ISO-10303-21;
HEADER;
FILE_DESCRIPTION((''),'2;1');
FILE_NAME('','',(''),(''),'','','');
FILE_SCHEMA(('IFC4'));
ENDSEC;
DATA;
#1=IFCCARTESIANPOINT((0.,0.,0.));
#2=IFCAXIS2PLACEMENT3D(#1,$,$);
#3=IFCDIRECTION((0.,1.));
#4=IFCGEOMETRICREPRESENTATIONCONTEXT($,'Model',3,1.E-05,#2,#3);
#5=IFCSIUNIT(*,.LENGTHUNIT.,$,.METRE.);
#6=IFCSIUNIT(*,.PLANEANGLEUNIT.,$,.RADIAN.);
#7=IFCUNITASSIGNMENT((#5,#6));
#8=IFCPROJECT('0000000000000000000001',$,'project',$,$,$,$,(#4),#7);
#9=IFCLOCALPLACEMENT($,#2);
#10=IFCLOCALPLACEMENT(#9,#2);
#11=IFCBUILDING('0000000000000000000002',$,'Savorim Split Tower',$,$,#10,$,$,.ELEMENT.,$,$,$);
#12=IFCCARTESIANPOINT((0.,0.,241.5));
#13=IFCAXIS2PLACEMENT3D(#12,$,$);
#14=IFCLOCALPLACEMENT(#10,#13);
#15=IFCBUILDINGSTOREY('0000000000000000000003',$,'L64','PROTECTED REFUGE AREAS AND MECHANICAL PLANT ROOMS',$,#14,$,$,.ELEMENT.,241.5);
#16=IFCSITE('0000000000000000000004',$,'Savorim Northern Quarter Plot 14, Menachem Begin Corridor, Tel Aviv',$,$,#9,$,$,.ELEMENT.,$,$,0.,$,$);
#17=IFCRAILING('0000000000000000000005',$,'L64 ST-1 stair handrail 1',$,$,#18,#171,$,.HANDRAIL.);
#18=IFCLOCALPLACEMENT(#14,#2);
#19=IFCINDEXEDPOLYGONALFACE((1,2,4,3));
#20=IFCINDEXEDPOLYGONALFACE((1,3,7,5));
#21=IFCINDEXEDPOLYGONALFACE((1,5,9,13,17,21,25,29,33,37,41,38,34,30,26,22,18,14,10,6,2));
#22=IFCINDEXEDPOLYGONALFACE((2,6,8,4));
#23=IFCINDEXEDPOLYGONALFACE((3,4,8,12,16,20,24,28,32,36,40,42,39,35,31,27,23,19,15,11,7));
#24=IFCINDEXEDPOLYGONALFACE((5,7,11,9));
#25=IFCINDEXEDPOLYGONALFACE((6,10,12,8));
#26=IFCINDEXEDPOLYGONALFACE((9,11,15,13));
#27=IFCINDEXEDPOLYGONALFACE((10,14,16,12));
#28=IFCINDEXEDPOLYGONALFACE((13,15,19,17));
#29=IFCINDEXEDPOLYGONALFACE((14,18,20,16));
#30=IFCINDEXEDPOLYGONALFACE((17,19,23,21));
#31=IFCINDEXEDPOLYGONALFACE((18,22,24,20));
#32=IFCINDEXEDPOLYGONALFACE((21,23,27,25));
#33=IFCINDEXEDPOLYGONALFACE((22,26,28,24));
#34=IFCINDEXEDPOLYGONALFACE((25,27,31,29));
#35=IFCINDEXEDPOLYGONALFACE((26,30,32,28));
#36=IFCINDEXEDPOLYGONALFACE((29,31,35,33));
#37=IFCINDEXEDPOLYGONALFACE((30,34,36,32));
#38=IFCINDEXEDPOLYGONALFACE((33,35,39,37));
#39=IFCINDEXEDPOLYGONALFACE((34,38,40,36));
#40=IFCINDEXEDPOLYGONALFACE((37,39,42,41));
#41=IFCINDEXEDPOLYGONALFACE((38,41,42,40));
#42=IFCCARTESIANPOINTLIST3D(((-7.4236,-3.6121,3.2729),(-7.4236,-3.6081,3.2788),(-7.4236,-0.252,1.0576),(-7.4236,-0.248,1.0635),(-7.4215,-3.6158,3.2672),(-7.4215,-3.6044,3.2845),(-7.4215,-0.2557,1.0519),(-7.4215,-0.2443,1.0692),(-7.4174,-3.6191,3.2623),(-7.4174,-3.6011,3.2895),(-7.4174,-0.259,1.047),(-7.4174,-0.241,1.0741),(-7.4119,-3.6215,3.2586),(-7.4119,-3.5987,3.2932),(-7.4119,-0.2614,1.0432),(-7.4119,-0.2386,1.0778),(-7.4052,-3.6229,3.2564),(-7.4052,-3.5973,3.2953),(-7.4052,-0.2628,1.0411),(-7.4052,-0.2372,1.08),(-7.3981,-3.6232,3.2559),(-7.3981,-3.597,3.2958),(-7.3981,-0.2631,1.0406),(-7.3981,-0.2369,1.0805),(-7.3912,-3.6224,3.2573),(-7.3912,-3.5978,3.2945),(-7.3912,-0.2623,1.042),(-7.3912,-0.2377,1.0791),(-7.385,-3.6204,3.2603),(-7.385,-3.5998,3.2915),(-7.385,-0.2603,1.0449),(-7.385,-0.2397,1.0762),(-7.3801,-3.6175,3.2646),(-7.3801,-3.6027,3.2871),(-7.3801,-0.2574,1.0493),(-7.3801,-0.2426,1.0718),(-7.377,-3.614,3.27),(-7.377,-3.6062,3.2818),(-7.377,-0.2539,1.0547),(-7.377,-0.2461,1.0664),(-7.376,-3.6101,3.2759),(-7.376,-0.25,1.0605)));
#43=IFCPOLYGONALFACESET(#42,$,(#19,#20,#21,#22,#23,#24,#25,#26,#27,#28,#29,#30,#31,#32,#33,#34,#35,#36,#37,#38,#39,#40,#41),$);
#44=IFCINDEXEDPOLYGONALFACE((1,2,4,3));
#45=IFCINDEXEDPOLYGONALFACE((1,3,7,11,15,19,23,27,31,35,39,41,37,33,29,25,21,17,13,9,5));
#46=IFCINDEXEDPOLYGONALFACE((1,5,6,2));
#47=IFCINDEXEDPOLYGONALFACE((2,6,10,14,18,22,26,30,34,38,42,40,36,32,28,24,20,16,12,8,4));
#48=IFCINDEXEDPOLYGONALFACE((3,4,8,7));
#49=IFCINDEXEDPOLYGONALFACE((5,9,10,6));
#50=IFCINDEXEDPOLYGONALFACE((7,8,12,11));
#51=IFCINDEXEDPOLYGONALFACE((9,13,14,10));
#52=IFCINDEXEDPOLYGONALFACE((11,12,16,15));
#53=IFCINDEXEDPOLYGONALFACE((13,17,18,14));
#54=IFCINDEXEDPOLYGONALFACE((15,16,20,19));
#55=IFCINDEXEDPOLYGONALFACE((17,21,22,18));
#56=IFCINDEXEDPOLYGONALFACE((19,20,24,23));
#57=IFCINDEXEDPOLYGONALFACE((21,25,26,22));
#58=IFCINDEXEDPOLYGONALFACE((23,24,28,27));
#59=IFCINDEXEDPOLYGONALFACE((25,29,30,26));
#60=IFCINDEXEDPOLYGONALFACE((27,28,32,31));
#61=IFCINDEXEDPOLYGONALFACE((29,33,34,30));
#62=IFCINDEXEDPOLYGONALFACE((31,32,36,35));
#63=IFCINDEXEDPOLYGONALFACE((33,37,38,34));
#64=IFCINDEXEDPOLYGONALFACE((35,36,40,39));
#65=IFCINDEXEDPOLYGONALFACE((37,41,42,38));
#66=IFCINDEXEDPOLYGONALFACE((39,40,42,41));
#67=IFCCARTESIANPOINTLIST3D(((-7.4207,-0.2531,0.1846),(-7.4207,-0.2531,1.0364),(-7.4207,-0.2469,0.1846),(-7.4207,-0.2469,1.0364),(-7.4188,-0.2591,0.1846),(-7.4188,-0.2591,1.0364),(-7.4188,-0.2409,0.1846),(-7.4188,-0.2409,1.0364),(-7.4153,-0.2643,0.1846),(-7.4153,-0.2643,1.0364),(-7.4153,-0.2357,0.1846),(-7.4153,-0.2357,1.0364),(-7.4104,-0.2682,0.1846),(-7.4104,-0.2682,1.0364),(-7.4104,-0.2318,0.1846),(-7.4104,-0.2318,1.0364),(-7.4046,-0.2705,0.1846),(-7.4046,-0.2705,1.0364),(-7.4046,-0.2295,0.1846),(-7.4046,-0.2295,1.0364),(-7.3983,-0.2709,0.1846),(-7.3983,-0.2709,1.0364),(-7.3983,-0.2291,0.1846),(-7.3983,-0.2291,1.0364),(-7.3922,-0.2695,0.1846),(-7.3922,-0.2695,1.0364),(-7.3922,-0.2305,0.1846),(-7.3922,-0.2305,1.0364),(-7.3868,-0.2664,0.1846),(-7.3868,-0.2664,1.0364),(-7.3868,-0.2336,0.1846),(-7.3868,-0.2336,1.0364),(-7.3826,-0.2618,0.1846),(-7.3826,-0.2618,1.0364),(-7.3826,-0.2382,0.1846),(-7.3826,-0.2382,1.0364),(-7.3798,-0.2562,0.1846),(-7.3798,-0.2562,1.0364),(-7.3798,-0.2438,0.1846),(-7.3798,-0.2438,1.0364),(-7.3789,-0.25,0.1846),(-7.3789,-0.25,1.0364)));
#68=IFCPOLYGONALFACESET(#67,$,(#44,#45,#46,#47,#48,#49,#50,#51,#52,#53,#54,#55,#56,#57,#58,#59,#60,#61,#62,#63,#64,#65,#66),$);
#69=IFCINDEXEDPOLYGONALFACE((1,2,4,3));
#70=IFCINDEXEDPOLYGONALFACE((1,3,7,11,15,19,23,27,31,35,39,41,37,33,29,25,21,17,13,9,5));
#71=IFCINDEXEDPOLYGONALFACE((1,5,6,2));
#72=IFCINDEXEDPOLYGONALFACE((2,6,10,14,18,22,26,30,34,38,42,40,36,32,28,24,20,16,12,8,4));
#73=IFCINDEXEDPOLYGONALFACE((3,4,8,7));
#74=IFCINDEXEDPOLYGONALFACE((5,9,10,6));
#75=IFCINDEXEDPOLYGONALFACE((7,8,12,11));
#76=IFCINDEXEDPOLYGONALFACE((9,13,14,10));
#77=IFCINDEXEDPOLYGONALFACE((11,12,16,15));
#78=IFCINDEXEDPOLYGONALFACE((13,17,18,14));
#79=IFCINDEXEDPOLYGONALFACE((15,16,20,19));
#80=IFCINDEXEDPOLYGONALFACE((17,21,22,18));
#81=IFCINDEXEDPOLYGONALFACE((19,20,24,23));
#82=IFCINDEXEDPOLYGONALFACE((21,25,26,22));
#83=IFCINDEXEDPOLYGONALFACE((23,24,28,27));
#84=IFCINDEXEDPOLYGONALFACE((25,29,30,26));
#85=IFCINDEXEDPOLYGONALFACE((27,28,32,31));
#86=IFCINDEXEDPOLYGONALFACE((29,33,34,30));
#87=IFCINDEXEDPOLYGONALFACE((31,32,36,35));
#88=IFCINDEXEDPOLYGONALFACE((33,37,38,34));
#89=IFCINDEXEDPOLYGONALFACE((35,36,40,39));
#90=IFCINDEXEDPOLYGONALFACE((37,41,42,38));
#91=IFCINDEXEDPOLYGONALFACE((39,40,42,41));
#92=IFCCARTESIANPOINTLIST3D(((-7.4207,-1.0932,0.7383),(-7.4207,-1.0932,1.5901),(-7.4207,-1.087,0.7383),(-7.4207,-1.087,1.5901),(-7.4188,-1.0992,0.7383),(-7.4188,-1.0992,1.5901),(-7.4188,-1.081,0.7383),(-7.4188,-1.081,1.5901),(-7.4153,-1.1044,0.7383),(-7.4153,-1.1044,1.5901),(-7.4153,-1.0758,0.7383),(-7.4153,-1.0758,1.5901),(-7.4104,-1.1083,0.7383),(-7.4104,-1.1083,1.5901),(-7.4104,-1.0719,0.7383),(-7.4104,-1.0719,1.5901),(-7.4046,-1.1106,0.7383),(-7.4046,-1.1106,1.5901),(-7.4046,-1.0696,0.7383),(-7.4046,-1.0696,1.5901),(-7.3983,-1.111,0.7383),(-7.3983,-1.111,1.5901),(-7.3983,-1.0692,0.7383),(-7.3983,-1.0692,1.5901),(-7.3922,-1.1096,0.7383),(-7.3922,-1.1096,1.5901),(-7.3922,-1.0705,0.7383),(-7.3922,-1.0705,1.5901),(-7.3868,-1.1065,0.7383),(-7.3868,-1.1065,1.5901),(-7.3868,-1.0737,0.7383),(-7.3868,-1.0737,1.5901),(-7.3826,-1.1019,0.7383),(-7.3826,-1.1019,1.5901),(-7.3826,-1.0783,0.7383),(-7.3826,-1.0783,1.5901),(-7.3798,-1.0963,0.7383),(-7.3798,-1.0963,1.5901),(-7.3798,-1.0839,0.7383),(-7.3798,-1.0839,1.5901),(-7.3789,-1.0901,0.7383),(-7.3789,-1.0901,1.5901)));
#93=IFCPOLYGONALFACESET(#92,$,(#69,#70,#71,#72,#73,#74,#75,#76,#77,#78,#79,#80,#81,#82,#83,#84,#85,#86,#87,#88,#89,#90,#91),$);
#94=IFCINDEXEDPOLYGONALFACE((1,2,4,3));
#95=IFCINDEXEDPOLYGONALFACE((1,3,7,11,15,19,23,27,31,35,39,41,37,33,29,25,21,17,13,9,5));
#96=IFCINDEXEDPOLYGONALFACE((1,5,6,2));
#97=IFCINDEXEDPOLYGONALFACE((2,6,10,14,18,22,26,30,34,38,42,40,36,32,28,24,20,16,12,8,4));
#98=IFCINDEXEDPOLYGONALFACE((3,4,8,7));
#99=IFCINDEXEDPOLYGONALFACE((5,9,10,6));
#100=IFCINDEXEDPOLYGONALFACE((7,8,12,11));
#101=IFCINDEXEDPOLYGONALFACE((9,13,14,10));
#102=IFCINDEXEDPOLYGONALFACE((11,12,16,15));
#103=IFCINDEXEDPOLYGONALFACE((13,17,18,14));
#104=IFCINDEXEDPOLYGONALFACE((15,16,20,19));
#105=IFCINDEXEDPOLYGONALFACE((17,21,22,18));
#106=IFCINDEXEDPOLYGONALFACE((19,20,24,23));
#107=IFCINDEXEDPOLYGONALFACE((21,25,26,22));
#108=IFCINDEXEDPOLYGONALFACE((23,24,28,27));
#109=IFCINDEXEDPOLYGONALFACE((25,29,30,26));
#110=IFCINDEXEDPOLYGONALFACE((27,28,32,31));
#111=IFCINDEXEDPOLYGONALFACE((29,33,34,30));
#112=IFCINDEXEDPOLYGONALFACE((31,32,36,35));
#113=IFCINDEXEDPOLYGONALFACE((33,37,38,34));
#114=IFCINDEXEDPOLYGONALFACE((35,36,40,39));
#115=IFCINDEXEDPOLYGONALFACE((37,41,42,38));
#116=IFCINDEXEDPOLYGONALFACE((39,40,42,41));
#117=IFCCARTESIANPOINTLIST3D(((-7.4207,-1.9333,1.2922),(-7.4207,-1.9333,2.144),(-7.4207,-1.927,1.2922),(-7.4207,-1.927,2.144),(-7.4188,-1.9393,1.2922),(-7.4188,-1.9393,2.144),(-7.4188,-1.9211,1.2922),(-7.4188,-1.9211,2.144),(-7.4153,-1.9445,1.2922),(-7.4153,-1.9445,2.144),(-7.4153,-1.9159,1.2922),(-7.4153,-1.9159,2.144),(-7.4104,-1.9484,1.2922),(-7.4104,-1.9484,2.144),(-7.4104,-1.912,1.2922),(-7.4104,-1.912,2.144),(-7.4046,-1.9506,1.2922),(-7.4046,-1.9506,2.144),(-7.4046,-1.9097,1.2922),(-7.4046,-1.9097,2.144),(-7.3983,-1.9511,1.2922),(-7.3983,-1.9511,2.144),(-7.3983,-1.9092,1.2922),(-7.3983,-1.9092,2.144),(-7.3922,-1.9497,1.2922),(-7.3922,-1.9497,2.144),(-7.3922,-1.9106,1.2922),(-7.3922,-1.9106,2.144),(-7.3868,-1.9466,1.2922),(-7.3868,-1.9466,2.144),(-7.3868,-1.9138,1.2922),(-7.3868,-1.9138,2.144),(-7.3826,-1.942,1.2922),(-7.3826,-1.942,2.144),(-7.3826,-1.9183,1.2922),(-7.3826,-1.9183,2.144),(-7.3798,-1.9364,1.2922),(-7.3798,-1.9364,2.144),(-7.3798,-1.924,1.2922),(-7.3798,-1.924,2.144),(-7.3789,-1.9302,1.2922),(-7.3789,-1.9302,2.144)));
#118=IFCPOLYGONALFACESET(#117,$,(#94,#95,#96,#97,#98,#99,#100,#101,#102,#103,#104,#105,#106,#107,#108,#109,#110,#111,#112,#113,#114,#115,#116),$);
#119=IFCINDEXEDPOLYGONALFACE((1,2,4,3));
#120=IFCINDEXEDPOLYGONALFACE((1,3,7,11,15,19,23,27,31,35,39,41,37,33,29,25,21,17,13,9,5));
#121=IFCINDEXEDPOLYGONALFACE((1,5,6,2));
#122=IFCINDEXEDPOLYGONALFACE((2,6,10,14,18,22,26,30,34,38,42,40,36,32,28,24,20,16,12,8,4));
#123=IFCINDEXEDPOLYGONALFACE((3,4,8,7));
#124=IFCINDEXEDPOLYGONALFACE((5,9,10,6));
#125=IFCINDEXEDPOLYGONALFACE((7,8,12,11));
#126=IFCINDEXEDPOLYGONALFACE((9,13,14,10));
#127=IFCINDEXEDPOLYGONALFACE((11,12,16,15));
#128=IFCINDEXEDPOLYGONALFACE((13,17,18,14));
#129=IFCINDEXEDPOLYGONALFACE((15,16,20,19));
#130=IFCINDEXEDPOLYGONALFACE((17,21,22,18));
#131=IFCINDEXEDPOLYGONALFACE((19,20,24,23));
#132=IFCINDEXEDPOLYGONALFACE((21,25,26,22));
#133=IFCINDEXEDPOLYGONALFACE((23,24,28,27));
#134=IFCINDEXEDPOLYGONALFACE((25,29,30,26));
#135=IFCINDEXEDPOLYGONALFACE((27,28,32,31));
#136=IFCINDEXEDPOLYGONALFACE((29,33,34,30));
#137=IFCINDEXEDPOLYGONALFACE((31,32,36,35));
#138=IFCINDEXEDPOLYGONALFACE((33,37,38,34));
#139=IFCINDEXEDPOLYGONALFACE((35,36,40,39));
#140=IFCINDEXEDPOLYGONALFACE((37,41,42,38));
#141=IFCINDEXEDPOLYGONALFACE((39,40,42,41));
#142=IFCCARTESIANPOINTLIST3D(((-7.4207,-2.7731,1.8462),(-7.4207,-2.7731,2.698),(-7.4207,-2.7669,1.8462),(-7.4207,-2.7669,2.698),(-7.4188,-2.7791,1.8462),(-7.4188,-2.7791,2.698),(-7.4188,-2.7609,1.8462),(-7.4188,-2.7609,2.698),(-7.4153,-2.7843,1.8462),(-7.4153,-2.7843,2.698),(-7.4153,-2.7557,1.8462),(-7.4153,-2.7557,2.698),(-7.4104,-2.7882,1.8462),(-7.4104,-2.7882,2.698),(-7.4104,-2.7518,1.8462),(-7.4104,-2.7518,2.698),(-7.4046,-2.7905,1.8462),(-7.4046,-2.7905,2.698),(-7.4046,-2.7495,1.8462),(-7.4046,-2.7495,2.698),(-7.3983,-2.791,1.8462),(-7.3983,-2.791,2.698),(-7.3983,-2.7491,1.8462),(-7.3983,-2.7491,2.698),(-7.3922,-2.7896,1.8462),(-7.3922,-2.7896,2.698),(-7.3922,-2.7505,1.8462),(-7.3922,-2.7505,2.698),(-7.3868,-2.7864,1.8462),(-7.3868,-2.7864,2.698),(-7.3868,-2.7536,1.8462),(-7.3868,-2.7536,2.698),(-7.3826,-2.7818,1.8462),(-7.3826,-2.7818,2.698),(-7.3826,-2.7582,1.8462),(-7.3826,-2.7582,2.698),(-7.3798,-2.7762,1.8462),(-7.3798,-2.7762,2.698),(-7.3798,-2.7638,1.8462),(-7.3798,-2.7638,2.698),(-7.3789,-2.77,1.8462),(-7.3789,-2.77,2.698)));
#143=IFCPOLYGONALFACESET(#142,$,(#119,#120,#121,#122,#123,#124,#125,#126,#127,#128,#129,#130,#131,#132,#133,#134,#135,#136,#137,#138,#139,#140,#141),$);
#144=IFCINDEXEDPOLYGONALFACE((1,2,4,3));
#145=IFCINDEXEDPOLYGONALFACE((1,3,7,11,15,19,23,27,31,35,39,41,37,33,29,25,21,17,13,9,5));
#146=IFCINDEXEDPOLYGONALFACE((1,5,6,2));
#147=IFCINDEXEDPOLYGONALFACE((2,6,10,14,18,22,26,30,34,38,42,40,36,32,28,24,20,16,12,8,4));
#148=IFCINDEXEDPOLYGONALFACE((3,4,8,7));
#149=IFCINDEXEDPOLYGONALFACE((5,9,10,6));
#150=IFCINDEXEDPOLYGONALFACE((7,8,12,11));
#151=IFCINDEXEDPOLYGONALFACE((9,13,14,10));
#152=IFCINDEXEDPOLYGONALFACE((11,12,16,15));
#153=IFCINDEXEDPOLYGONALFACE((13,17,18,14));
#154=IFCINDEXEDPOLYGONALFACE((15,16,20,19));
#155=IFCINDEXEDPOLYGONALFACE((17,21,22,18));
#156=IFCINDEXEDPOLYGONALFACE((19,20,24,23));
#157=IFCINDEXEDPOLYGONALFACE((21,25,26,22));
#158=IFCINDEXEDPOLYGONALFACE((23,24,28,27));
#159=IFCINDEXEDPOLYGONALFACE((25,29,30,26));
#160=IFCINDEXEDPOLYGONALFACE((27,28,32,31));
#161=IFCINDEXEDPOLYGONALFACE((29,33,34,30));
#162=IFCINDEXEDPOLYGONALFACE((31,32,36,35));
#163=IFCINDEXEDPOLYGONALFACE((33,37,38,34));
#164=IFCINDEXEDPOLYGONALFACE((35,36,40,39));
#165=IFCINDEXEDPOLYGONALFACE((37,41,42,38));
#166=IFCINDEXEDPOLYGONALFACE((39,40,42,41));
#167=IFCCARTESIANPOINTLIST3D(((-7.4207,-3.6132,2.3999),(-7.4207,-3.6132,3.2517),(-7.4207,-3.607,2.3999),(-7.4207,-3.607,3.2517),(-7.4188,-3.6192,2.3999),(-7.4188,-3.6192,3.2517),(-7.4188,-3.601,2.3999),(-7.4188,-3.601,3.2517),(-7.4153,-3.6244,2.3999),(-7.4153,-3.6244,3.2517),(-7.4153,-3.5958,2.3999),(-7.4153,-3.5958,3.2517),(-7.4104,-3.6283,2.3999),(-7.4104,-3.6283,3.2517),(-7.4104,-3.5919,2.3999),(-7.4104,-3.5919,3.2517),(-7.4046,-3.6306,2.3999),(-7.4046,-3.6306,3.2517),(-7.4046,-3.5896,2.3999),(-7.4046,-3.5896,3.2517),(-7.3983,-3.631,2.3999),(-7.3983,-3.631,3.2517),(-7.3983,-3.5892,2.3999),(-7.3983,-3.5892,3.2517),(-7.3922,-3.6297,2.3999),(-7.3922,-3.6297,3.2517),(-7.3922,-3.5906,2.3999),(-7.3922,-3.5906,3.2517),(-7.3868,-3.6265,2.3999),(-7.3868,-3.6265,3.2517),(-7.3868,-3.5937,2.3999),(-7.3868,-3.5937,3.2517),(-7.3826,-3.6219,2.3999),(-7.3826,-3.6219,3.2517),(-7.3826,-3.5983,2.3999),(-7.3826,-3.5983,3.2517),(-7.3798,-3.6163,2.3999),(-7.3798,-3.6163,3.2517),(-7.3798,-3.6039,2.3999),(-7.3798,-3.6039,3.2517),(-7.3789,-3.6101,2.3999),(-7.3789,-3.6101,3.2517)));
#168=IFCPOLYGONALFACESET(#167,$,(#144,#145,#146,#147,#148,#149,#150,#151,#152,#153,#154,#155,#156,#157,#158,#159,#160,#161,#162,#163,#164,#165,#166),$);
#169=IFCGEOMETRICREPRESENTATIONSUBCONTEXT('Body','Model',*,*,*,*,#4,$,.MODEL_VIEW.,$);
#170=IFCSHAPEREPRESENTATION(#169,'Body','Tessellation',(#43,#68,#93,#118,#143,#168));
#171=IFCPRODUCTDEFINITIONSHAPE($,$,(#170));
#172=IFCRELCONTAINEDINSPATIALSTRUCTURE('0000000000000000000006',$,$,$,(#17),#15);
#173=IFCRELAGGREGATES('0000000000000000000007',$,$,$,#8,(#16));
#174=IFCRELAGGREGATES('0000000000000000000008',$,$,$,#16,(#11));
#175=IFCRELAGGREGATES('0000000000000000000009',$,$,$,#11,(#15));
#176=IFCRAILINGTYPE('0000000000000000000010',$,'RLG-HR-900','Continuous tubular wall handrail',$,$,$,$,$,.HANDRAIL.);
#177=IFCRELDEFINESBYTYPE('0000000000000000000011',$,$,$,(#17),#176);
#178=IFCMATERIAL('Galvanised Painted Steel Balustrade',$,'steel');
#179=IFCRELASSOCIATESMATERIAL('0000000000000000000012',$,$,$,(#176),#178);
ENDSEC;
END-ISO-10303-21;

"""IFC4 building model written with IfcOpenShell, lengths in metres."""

from ifc_helpers import new_model, si_unit, direction, frame, origin, origin_2d, place, context, subcontext, project, spatial, circle, extrude, material, type_object, element, save


model = new_model("IFC4")

# Units and contexts
model_context = context("Model", 3, precision=1e-05, world=origin(), true_north=direction((0.0, 1.0)))
body_context = subcontext(model_context, "Body", "Model", "MODEL_VIEW")
ifc_project = project(units=[si_unit("LENGTHUNIT", "METRE"), si_unit("PLANEANGLEUNIT", "RADIAN")], contexts=[model_context])

# Site, building, storey
site_placement = place(None, origin())
site = spatial("IfcSite", under=ifc_project, at=site_placement, Name="Savorim Northern Quarter Plot 14, Menachem Begin Corridor, Tel Aviv", CompositionType="ELEMENT", RefElevation=0.0)
building_placement = place(site_placement, origin())
building = spatial("IfcBuilding", under=site, at=building_placement, Name="Savorim Split Tower", CompositionType="ELEMENT")
storey_placement = place(building_placement, frame((0.0, 0.0, 241.5)))
storey = spatial("IfcBuildingStorey", under=building, at=storey_placement, Name="L64", Description="PROTECTED REFUGE AREAS AND MECHANICAL PLANT ROOMS", CompositionType="ELEMENT", Elevation=241.5)

# Railing
ifc_material_1 = material(Name="Galvanised Painted Steel Balustrade", Category="steel")
railing_type_1 = type_object("IfcRailingType", Name="RLG-HR-900", Description="Continuous tubular wall handrail", PredefinedType="HANDRAIL", material=ifc_material_1)
railing_1_placement = place(storey_placement, frame((-7.3999, -0.25, 0.1846)))
element("IfcRailing", 1, at=railing_1_placement, inside=storey, type_object=railing_type_1, Name="L64 ST-1 stair handrail 1", PredefinedType="HANDRAIL", context=body_context, shape_type="SweptSolid", body=[
    extrude(circle(Radius=0.0239, at=origin_2d()), frame((0.0, 0.0, 0.876), z_axis=(0.0, -0.834876, 0.550437), x_axis=(1.0, 0.0, 0.0)), (0.0, 0.0, 1.0), 4.0247),
    extrude(circle(Radius=0.021, at=origin_2d()), origin(), (0.0, 0.0, 1.0), 0.8518),
    extrude(circle(Radius=0.021, at=origin_2d()), frame((0.0, -0.8401, 0.5537)), (0.0, 0.0, 1.0), 0.8518),
    extrude(circle(Radius=0.021, at=origin_2d()), frame((0.0, -1.6802, 1.1077)), (0.0, 0.0, 1.0), 0.8518),
    extrude(circle(Radius=0.021, at=origin_2d()), frame((0.0, -2.52, 1.6616)), (0.0, 0.0, 1.0), 0.8518),
    extrude(circle(Radius=0.021, at=origin_2d()), frame((0.0, -3.3601, 2.2153)), (0.0, 0.0, 1.0), 0.8518),
])

save(model, "model.ifc")
